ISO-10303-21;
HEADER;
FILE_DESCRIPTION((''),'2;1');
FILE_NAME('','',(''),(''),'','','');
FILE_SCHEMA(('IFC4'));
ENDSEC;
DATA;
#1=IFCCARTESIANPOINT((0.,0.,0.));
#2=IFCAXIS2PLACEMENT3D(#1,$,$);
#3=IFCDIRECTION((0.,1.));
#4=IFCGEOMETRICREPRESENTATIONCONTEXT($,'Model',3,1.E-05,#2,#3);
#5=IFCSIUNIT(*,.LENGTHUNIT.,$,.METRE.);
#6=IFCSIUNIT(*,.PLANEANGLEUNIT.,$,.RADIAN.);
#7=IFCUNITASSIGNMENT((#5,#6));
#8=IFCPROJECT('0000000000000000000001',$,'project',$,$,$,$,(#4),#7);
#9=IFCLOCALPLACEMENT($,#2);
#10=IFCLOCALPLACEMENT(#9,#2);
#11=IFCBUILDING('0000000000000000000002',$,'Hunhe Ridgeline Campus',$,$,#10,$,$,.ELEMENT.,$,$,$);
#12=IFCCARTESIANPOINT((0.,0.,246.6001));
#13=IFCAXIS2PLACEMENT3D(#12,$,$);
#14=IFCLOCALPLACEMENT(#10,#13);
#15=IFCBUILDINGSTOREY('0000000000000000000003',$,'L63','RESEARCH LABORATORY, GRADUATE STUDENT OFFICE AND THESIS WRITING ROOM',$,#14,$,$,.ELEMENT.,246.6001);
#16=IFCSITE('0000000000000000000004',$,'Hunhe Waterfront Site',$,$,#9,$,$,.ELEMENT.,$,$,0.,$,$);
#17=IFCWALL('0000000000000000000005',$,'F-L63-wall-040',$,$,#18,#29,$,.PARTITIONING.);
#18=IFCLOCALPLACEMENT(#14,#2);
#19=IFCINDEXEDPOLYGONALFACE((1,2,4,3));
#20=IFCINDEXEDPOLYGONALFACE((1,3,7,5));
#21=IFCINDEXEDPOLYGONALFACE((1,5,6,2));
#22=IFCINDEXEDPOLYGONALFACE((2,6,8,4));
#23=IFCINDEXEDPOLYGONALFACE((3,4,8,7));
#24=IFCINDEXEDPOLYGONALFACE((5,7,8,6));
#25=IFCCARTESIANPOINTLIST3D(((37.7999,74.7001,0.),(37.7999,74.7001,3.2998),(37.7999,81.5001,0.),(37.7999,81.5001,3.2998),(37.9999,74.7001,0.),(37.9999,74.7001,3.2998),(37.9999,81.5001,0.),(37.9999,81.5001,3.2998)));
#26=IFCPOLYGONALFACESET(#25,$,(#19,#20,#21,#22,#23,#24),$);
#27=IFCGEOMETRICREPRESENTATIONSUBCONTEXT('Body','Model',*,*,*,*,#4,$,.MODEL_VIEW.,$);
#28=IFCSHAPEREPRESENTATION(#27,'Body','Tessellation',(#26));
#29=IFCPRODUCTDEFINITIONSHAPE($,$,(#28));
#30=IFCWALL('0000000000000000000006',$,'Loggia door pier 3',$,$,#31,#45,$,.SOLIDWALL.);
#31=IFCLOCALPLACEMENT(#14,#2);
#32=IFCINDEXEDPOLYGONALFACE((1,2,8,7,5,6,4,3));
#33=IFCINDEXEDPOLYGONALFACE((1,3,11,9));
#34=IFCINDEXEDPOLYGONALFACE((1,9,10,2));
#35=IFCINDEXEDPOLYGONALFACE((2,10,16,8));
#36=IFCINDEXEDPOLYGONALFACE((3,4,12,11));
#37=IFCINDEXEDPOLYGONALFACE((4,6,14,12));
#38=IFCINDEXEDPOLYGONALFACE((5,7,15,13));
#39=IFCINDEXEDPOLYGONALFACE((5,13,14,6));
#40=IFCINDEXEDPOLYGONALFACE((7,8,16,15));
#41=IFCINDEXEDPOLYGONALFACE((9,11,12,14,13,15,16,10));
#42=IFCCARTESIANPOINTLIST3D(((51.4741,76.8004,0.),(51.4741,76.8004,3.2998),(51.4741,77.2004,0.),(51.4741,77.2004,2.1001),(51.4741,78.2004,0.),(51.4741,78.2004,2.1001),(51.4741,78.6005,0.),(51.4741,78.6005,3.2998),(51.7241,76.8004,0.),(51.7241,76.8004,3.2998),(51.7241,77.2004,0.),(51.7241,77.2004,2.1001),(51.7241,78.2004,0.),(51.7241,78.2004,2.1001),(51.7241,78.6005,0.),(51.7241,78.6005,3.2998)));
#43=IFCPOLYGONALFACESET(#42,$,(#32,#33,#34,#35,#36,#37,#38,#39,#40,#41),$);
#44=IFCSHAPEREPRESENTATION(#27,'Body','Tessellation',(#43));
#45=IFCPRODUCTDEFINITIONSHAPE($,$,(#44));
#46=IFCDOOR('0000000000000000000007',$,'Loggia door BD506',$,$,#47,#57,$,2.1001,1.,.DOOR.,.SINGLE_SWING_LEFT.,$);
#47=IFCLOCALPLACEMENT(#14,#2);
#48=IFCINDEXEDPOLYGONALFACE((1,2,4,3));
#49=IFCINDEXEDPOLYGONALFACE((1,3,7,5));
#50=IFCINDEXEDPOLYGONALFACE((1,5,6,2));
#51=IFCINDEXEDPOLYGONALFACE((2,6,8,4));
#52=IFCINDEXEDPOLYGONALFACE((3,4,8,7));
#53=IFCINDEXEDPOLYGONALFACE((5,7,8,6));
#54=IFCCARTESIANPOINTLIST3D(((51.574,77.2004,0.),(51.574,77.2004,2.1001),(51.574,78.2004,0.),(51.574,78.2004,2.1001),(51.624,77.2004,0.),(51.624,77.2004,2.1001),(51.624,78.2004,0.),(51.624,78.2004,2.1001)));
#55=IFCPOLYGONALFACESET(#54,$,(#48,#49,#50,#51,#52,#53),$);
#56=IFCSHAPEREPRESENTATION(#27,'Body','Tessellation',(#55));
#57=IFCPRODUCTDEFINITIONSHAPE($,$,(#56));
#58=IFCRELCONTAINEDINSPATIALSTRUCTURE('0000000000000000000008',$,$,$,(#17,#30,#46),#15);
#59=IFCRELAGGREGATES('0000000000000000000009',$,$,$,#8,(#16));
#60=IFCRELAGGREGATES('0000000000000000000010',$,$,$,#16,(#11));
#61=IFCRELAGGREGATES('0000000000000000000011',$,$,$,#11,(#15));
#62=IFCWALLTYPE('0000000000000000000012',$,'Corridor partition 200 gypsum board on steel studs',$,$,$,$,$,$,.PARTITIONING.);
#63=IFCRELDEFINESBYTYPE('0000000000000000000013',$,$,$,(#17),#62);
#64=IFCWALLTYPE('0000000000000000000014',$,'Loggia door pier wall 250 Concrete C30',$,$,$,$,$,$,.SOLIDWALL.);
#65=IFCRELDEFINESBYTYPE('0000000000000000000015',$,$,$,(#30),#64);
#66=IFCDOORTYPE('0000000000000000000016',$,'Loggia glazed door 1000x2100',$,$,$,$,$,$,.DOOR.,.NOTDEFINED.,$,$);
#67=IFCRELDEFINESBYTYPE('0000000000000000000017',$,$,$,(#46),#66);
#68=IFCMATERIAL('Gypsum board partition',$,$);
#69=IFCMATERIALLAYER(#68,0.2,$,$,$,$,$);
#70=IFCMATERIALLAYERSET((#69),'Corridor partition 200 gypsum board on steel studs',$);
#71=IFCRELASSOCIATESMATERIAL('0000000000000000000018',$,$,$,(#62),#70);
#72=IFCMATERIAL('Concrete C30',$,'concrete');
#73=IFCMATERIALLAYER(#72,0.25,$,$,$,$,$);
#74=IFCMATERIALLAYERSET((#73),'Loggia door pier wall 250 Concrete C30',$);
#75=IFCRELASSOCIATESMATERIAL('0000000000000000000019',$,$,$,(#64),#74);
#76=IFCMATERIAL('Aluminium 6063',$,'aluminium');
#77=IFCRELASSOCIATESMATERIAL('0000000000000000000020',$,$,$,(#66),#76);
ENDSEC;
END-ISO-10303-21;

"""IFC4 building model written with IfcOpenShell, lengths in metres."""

from ifc_helpers import new_model, si_unit, direction, frame, frame_2d, origin, place, context, subcontext, project, spatial, rectangle, extrude, material, layer, layer_set, type_object, element, fill, save


model = new_model("IFC4")

# Units and contexts
model_context = context("Model", 3, precision=1e-05, world=origin(), true_north=direction((0.0, 1.0)))
body_context = subcontext(model_context, "Body", "Model", "MODEL_VIEW")
ifc_project = project(units=[si_unit("LENGTHUNIT", "METRE"), si_unit("PLANEANGLEUNIT", "RADIAN")], contexts=[model_context])

# Site, building, storey
site_placement = place(None, origin())
site = spatial("IfcSite", under=ifc_project, at=site_placement, Name="Hunhe Waterfront Site", CompositionType="ELEMENT", RefElevation=0.0)
building_placement = place(site_placement, origin())
building = spatial("IfcBuilding", under=site, at=building_placement, Name="Hunhe Ridgeline Campus", CompositionType="ELEMENT")
storey_placement = place(building_placement, frame((0.0, 0.0, 246.6001)))
storey = spatial("IfcBuildingStorey", under=building, at=storey_placement, Name="L63", Description="RESEARCH LABORATORY, GRADUATE STUDENT OFFICE AND THESIS WRITING ROOM", CompositionType="ELEMENT", Elevation=246.6001)

# Shared definitions
ifc_material_1 = material(Name="Aluminium 6063", Category="aluminium")

# Shared definitions
ifc_material_2 = material(Name="Gypsum board partition")
ifc_layer_1 = layer(ifc_material_2, 0.2)
ifc_layer_set_1 = layer_set([ifc_layer_1], Name="Corridor partition 200 gypsum board on steel studs")
wall_type_1 = type_object("IfcWallType", Name="Corridor partition 200 gypsum board on steel studs", PredefinedType="PARTITIONING", material=ifc_layer_set_1)

# Wall
wall_1_placement = place(storey_placement, frame((37.8999, 81.5, 0.0), z_axis=(0.0, 0.0, 1.0), x_axis=(0.0, -1.0, 0.0)))
element("IfcWall", 1, at=wall_1_placement, inside=storey, type_object=wall_type_1, Name="F-L63-wall-040", PredefinedType="PARTITIONING", context=body_context, shape_type="SweptSolid", body=[
    extrude(rectangle(XDim=6.8, YDim=0.2, at=frame_2d((3.3999, 0.0))), origin(), (0.0, 0.0, 1.0), 3.2998),
])

# Wall, opening, door
ifc_material_3 = material(Name="Concrete C30", Category="concrete")
ifc_layer_2 = layer(ifc_material_3, 0.25)
ifc_layer_set_2 = layer_set([ifc_layer_2], Name="Loggia door pier wall 250 Concrete C30")
wall_type_2 = type_object("IfcWallType", Name="Loggia door pier wall 250 Concrete C30", PredefinedType="SOLIDWALL", material=ifc_layer_set_2)
wall_2_placement = place(storey_placement, frame((51.5991, 76.8005, 0.0), z_axis=(0.0, 0.0, 1.0), x_axis=(0.0, 1.0, 0.0)))
wall_2 = element("IfcWall", 2, at=wall_2_placement, inside=storey, type_object=wall_type_2, Name="Loggia door pier 3", PredefinedType="SOLIDWALL", context=body_context, shape_type="SweptSolid", body=[
    extrude(rectangle(XDim=1.8, YDim=0.25, at=frame_2d((0.8999, 0.0))), origin(), (0.0, 0.0, 1.0), 3.2998),
])
opening_1_placement = place(wall_2_placement, frame((0.3999, 0.0, 0.0)))
opening_1 = element("IfcOpeningElement", 3, at=opening_1_placement, cuts=wall_2, PredefinedType="OPENING", context=body_context, shape_type="SweptSolid", body=[
    extrude(rectangle(XDim=1.0, YDim=2.1001, at=frame_2d((0.5, 1.05))), frame((0.0, 0.125, 0.0), z_axis=(0.0, -1.0, 0.0), x_axis=(1.0, 0.0, 0.0)), (0.0, 0.0, 1.0), 0.25),
])
door_type_1 = type_object("IfcDoorType", Name="Loggia glazed door 1000x2100", OperationType="NOTDEFINED", PredefinedType="DOOR", material=ifc_material_1)
door_1_placement = place(opening_1_placement, frame((1.0, 0.0, 0.0), z_axis=(0.0, 0.0, 1.0), x_axis=(-1.0, 0.0, 0.0)))
door_1 = element("IfcDoor", 4, at=door_1_placement, inside=storey, type_object=door_type_1, Name="Loggia door BD506", OperationType="SINGLE_SWING_LEFT", OverallHeight=2.1001, OverallWidth=1.0, PredefinedType="DOOR", context=body_context, shape_type="SweptSolid", body=[
    extrude(rectangle(XDim=1.0, YDim=2.1001, at=frame_2d((0.5, 1.05))), frame((0.0, 0.0249, 0.0), z_axis=(0.0, -1.0, 0.0), x_axis=(1.0, 0.0, 0.0)), (0.0, 0.0, 1.0), 0.05),
])
fill(opening_1, door_1)

save(model, "model.ifc")
